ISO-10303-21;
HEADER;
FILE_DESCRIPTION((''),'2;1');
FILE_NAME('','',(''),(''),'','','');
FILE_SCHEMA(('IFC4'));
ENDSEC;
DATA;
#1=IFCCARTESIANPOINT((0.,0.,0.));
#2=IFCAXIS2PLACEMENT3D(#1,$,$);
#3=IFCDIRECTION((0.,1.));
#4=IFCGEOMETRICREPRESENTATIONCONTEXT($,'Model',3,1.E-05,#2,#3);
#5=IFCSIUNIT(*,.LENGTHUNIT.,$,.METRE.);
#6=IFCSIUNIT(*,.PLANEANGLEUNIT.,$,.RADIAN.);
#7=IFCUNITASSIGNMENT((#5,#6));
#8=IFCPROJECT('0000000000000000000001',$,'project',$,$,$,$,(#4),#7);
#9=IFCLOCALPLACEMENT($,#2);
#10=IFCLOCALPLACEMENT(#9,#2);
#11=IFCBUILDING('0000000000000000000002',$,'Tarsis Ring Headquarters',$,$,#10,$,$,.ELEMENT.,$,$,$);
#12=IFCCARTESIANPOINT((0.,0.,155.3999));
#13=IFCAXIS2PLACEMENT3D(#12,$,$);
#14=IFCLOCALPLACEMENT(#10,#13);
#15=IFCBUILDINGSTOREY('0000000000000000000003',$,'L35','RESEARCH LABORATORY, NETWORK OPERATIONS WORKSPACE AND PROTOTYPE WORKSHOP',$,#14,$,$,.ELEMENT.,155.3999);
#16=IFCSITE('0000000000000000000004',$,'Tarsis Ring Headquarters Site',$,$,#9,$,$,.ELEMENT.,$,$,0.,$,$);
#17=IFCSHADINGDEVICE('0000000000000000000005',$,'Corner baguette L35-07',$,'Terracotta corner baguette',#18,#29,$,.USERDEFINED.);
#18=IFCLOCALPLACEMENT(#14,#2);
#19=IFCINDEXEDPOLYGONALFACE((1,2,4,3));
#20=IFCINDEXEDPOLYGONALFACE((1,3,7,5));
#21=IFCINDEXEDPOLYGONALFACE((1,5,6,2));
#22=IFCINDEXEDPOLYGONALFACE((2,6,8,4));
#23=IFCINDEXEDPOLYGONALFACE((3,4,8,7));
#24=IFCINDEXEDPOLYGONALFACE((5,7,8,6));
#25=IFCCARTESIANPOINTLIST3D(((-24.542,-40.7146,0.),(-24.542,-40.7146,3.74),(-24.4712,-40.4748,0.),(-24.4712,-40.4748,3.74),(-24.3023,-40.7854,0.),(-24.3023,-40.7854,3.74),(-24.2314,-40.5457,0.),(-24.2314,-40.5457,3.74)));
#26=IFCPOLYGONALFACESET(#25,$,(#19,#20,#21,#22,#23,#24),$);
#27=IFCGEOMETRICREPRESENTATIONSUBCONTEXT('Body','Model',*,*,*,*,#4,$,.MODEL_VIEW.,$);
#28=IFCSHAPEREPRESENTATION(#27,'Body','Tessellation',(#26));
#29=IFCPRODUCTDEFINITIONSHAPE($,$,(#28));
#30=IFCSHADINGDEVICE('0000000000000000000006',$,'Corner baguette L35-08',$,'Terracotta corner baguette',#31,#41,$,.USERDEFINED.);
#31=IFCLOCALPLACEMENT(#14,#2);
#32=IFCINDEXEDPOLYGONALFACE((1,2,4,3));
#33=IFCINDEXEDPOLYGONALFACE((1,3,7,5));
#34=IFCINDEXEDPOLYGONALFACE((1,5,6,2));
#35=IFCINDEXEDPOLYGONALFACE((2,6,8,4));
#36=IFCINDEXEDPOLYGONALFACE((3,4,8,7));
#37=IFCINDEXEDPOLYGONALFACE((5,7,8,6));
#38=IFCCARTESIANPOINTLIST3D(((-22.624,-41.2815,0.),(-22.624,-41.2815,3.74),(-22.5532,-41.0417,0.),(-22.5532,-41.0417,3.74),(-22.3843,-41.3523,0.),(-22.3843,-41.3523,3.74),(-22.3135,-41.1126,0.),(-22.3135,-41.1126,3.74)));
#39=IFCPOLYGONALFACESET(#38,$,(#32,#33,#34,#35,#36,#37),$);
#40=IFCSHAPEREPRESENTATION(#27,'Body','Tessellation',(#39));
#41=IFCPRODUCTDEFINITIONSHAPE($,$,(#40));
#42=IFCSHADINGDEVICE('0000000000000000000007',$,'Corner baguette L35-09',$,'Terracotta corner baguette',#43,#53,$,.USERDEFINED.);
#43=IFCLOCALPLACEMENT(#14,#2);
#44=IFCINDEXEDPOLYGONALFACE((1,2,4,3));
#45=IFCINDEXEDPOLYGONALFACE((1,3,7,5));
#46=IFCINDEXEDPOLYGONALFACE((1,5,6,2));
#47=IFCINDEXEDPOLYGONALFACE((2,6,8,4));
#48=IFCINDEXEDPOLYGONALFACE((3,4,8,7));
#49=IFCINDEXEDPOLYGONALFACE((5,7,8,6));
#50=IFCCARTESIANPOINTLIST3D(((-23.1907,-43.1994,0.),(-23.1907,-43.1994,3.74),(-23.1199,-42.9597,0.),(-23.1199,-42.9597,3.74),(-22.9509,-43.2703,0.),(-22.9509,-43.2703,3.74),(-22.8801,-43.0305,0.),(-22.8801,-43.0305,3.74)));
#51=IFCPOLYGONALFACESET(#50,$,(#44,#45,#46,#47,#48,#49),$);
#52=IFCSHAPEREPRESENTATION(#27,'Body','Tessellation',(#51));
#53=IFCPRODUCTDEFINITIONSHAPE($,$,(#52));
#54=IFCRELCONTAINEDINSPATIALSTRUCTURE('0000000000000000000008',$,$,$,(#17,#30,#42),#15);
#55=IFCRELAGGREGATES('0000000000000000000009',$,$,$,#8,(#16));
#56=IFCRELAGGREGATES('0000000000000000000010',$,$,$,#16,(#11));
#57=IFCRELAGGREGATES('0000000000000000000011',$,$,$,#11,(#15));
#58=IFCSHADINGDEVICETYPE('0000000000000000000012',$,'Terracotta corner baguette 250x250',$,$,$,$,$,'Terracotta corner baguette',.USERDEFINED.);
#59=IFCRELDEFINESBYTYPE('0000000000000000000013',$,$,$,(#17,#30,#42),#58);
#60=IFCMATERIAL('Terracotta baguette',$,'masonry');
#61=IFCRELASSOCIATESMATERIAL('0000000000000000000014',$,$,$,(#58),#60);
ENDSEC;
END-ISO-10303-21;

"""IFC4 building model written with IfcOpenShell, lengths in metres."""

from ifc_helpers import new_model, si_unit, direction, frame, origin, origin_2d, place, context, subcontext, project, spatial, rectangle, extrude, material, type_object, element, save


model = new_model("IFC4")

# Units and contexts
model_context = context("Model", 3, precision=1e-05, world=origin(), true_north=direction((0.0, 1.0)))
body_context = subcontext(model_context, "Body", "Model", "MODEL_VIEW")
ifc_project = project(units=[si_unit("LENGTHUNIT", "METRE"), si_unit("PLANEANGLEUNIT", "RADIAN")], contexts=[model_context])

# Site, building, storey
site_placement = place(None, origin())
site = spatial("IfcSite", under=ifc_project, at=site_placement, Name="Tarsis Ring Headquarters Site", CompositionType="ELEMENT", RefElevation=0.0)
building_placement = place(site_placement, origin())
building = spatial("IfcBuilding", under=site, at=building_placement, Name="Tarsis Ring Headquarters", CompositionType="ELEMENT")
storey_placement = place(building_placement, frame((0.0, 0.0, 155.3999)))
storey = spatial("IfcBuildingStorey", under=building, at=storey_placement, Name="L35", Description="RESEARCH LABORATORY, NETWORK OPERATIONS WORKSPACE AND PROTOTYPE WORKSHOP", CompositionType="ELEMENT", Elevation=155.3999)

# Shading devices
ifc_material_1 = material(Name="Terracotta baguette", Category="masonry")
shading_device_type_1 = type_object("IfcShadingDeviceType", Name="Terracotta corner baguette 250x250", ElementType="Terracotta corner baguette", PredefinedType="USERDEFINED", material=ifc_material_1)
for number, where, z_axis, x_axis, name in (
    (1, (-24.3867, -40.6301, 0.0), (0.0, 0.0, 1.0), (-0.283346, -0.959018, 0.0), "Corner baguette L35-07"),
    (2, (-22.4688, -41.197, 0.0), (0.0, 0.0, 1.0), (0.959018, -0.283346, 0.0), "Corner baguette L35-08"),
    (3, (-23.0354, -43.115, 0.0), (0.0, 0.0, 1.0), (-0.283347, -0.959018, 0.0), "Corner baguette L35-09"),
):
    element("IfcShadingDevice", number, at=place(storey_placement, frame(where, z_axis=z_axis, x_axis=x_axis)), inside=storey, type_object=shading_device_type_1, Name=name, ObjectType="Terracotta corner baguette", PredefinedType="USERDEFINED", context=body_context, shape_type="SweptSolid", body=[
        extrude(rectangle(XDim=0.25, YDim=0.25, at=origin_2d()), origin(), (0.0, 0.0, 1.0), 3.74),
    ])

save(model, "model.ifc")
